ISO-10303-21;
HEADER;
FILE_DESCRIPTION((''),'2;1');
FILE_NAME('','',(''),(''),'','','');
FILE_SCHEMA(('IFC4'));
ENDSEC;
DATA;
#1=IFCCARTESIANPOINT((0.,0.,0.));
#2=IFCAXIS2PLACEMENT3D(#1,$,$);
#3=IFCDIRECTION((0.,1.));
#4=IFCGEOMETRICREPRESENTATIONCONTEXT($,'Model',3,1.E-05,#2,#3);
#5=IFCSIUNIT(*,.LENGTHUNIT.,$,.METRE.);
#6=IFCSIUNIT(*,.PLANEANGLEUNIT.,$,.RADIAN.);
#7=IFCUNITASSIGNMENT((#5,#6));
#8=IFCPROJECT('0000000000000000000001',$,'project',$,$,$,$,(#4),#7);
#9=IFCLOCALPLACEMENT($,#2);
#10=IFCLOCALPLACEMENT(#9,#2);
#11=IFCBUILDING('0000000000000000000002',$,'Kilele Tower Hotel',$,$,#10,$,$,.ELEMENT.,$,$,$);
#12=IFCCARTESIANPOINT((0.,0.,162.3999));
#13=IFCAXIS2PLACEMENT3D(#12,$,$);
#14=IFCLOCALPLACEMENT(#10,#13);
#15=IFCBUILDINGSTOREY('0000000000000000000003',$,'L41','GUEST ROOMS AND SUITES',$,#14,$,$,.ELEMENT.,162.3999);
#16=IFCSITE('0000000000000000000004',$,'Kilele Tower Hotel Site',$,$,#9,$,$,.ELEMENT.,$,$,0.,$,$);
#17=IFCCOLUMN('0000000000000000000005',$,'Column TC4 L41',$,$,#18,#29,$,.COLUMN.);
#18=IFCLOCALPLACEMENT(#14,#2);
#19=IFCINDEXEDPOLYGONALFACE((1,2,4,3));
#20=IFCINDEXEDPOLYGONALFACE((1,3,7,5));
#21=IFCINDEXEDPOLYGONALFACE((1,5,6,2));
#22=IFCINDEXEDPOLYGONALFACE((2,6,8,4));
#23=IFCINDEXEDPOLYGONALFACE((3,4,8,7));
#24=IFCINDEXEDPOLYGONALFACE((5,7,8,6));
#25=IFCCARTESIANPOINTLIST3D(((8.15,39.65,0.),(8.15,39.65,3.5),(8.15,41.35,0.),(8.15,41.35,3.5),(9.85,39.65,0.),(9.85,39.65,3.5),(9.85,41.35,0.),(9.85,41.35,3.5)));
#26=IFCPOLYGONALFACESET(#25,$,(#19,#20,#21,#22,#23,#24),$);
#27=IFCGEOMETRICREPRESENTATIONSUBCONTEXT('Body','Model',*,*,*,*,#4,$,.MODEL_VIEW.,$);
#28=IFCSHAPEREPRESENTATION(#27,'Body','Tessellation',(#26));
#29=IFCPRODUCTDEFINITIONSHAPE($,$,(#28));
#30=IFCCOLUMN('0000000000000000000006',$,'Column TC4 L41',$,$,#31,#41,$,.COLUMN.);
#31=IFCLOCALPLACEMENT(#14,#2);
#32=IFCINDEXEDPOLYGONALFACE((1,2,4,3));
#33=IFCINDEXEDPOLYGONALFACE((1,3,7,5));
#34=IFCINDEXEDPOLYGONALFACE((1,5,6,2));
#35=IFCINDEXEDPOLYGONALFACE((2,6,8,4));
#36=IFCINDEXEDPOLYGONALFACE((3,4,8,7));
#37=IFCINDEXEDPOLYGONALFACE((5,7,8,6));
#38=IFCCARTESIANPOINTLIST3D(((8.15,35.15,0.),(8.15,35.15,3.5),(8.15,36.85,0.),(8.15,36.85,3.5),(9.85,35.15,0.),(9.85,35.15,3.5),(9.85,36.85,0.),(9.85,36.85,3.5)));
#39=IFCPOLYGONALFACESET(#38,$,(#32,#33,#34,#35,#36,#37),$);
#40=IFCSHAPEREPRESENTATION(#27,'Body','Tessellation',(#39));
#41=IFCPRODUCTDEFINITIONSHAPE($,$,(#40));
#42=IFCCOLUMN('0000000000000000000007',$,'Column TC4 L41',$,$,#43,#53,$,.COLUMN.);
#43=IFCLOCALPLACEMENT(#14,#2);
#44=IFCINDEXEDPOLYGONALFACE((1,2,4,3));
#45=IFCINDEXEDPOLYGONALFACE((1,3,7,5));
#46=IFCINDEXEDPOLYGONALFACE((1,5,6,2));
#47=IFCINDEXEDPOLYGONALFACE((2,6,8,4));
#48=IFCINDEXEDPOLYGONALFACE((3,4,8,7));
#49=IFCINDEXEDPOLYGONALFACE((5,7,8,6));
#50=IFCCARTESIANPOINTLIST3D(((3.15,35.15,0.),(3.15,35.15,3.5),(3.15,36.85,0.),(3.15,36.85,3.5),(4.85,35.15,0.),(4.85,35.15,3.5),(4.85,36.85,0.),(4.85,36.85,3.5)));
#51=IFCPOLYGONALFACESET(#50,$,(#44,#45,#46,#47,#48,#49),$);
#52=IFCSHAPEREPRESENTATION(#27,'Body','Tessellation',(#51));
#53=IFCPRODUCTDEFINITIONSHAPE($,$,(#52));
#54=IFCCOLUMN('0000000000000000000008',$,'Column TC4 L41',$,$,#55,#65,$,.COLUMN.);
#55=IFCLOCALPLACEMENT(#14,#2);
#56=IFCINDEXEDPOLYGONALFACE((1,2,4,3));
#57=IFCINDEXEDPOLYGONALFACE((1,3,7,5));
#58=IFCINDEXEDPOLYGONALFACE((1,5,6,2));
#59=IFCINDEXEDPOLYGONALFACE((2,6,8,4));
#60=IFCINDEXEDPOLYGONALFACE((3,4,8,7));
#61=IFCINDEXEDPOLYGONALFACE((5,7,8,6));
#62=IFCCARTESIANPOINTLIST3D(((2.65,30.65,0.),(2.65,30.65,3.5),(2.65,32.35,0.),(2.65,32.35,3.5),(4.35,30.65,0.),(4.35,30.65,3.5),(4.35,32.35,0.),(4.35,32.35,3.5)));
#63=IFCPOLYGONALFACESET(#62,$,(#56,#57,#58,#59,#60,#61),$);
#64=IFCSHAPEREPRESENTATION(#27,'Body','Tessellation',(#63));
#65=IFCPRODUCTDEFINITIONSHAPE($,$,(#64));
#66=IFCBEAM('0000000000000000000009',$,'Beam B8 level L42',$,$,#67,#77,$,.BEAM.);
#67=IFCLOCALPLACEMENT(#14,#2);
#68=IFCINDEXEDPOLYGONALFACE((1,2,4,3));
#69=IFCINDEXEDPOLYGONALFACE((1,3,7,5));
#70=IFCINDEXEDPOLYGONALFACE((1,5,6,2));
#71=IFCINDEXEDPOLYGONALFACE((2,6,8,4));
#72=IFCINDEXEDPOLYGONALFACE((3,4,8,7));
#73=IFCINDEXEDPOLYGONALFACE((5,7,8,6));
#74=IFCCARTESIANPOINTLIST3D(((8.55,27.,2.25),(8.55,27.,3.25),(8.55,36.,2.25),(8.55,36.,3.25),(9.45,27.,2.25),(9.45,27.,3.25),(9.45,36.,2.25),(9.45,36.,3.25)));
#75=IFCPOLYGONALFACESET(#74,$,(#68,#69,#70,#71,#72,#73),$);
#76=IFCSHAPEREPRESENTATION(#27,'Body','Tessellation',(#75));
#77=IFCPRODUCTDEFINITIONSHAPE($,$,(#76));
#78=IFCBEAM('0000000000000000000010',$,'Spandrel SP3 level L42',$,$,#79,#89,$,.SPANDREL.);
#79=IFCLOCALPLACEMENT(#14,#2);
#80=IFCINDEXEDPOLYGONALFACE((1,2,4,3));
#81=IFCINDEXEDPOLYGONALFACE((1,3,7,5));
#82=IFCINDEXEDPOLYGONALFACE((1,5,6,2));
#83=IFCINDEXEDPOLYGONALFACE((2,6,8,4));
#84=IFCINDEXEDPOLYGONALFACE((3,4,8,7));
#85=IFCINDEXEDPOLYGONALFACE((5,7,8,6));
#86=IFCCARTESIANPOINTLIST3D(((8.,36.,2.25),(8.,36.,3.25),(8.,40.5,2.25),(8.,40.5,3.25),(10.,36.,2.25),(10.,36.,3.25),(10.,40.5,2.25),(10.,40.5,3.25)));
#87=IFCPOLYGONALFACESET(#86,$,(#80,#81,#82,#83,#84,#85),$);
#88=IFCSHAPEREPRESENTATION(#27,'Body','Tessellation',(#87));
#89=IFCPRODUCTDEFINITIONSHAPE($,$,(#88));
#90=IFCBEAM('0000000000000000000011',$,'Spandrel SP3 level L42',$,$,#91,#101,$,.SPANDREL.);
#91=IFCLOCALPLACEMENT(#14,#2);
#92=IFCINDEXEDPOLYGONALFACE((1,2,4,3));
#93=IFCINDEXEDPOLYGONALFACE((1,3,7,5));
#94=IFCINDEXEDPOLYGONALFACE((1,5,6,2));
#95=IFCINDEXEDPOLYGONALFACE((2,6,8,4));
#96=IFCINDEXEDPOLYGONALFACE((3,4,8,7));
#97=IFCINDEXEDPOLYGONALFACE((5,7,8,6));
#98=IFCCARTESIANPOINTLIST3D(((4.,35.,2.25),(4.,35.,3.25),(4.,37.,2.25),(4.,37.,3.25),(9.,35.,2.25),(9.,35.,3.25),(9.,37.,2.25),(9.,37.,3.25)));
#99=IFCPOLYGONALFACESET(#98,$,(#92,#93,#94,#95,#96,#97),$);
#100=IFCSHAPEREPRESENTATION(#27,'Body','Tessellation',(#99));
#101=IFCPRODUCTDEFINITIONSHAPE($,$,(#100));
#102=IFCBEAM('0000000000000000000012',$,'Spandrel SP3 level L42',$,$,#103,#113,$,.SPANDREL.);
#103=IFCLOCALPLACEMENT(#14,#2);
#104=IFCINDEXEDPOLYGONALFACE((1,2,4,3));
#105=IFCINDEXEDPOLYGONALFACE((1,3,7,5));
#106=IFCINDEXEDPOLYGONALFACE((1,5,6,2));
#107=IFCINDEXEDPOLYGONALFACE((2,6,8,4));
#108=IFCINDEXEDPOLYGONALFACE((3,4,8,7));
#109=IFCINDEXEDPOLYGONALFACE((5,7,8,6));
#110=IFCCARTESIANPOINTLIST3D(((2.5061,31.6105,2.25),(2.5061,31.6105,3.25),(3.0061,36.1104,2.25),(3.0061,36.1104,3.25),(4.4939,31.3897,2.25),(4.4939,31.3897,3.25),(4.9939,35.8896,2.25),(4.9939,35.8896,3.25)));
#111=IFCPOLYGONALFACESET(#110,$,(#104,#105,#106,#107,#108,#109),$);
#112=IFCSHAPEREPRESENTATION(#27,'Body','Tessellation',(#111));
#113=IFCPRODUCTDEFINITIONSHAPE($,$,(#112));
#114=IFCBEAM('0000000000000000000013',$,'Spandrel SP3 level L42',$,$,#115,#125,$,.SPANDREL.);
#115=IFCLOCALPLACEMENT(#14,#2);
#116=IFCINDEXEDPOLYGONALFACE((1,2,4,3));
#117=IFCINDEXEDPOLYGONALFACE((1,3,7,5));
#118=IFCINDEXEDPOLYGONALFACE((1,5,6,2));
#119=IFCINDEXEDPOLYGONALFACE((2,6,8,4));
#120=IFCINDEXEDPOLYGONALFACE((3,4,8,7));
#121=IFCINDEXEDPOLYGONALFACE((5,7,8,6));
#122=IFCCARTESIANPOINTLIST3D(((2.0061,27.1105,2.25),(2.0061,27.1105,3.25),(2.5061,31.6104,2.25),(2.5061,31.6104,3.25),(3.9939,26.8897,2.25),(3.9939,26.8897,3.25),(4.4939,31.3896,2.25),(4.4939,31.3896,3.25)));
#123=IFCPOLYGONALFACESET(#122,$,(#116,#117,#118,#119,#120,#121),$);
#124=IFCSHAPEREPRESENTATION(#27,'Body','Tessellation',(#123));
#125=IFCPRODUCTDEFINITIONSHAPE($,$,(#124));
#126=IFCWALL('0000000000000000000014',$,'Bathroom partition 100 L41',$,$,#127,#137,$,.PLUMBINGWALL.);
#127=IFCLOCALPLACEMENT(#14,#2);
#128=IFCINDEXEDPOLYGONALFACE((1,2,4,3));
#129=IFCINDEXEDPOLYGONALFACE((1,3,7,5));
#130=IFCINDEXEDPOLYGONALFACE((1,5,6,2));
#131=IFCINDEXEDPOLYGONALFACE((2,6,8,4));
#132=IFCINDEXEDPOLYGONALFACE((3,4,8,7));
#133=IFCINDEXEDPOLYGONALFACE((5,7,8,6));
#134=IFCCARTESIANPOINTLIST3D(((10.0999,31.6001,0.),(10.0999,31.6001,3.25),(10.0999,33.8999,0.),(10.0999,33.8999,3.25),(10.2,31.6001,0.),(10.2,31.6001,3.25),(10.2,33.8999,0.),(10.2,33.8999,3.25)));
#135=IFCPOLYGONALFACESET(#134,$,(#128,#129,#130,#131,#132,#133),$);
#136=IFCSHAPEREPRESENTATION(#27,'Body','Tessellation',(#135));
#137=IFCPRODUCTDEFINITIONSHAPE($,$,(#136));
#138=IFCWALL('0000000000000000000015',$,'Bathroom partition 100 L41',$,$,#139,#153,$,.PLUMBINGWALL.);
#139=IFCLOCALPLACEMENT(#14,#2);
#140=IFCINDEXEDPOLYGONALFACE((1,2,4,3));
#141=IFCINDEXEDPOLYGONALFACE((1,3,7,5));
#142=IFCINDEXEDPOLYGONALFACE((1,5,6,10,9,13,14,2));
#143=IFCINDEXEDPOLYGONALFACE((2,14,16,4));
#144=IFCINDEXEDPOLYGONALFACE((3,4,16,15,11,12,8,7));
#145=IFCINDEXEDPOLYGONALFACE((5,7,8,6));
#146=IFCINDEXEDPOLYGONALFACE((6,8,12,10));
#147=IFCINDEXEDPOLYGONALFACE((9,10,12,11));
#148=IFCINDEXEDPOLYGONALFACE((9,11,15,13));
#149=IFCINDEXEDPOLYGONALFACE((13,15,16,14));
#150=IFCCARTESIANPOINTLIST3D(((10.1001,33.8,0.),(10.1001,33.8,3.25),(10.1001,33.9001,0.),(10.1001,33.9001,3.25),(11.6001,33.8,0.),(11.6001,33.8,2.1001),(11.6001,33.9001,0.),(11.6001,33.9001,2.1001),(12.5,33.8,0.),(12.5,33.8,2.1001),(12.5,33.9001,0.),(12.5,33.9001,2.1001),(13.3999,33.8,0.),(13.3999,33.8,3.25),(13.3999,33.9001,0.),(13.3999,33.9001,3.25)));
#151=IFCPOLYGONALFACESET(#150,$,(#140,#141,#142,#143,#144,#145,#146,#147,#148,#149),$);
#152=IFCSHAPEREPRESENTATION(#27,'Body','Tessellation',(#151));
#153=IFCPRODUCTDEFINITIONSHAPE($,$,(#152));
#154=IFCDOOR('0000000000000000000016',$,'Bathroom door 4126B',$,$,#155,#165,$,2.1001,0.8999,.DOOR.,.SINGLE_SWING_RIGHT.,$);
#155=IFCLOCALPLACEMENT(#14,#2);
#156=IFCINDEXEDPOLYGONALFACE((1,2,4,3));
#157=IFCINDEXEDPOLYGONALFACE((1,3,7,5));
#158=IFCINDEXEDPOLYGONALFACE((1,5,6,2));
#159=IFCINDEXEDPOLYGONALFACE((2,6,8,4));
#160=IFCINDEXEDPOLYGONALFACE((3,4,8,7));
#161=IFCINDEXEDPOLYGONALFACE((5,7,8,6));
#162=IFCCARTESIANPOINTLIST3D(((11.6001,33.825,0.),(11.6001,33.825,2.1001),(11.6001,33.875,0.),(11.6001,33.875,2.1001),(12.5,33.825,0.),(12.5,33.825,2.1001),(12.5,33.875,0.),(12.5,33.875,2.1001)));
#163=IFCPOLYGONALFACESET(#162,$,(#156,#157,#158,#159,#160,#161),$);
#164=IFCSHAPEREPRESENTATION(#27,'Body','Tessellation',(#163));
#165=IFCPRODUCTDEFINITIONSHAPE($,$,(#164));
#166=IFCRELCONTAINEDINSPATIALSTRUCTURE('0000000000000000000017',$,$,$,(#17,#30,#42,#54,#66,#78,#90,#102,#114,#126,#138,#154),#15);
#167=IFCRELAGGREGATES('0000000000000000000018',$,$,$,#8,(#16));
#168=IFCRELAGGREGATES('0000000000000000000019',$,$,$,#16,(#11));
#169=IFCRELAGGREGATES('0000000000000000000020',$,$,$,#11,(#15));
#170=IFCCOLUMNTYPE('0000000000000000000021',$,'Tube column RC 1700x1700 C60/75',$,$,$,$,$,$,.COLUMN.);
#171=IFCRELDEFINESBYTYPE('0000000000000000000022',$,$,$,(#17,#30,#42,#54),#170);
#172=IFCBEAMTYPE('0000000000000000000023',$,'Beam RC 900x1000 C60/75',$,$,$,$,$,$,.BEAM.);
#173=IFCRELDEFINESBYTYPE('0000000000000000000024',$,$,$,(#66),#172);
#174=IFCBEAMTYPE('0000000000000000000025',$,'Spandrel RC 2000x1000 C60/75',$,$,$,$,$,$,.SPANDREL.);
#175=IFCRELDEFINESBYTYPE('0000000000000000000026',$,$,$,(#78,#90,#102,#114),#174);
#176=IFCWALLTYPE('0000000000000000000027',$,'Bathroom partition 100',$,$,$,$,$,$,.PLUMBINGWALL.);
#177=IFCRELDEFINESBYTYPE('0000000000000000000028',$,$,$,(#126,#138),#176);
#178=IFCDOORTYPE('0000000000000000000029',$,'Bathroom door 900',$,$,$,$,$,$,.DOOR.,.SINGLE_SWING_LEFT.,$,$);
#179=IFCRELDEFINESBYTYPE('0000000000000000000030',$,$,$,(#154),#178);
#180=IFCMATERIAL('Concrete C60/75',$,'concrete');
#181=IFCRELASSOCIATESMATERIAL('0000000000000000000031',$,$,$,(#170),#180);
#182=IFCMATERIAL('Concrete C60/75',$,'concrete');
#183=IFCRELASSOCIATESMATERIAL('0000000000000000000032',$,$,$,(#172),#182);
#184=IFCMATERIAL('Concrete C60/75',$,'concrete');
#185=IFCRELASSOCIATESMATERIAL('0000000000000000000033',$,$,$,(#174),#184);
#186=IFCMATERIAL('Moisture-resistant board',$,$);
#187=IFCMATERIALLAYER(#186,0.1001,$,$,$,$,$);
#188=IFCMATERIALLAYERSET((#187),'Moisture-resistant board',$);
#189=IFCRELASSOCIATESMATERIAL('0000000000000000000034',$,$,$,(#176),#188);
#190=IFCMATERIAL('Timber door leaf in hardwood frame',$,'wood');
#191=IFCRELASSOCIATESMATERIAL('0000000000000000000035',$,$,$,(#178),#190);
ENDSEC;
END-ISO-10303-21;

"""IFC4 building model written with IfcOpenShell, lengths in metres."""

from ifc_helpers import new_model, si_unit, direction, frame, frame_2d, origin, origin_2d, place, context, subcontext, project, spatial, rectangle, extrude, material, layer, layer_set, material_profile, profile_set, type_object, element, fill, save


model = new_model("IFC4")

# Units and contexts
model_context = context("Model", 3, precision=1e-05, world=origin(), true_north=direction((0.0, 1.0)))
body_context = subcontext(model_context, "Body", "Model", "MODEL_VIEW")
ifc_project = project(units=[si_unit("LENGTHUNIT", "METRE"), si_unit("PLANEANGLEUNIT", "RADIAN")], contexts=[model_context])

# Site, building, storey
site_placement = place(None, origin())
site = spatial("IfcSite", under=ifc_project, at=site_placement, Name="Kilele Tower Hotel Site", CompositionType="ELEMENT", RefElevation=0.0)
building_placement = place(site_placement, origin())
building = spatial("IfcBuilding", under=site, at=building_placement, Name="Kilele Tower Hotel", CompositionType="ELEMENT")
storey_placement = place(building_placement, frame((0.0, 0.0, 162.3999)))
storey = spatial("IfcBuildingStorey", under=building, at=storey_placement, Name="L41", Description="GUEST ROOMS AND SUITES", CompositionType="ELEMENT", Elevation=162.3999)

# Columns
ifc_material_1 = material(Name="Concrete C60/75", Category="concrete")
ifc_material_profile_1 = material_profile(ifc_material_1, rectangle(XDim=1.7, YDim=1.7, at=origin_2d()))
ifc_profile_set_1 = profile_set([ifc_material_profile_1], Name="Concrete C60/75")
column_type = type_object("IfcColumnType", Name="Tube column RC 1700x1700 C60/75", PredefinedType="COLUMN", material=ifc_profile_set_1)
for number, where, z_axis, x_axis, name in (
    (1, (9.0, 40.5, 0.0), (0.0, 0.0, 1.0), (1.0, 0.0, 0.0), "Column TC4 L41"),
    (2, (9.0, 36.0, 0.0), (0.0, 0.0, 1.0), (1.0, 0.0, 0.0), "Column TC4 L41"),
    (3, (4.0, 36.0, 0.0), (0.0, 0.0, 1.0), (1.0, 0.0, 0.0), "Column TC4 L41"),
    (4, (3.5, 31.5, 0.0), (0.0, 0.0, 1.0), (1.0, 0.0, 0.0), "Column TC4 L41"),
):
    element("IfcColumn", number, at=place(storey_placement, frame(where, z_axis=z_axis, x_axis=x_axis)), inside=storey, type_object=column_type, Name=name, PredefinedType="COLUMN", context=body_context, shape_type="SweptSolid", body=[
        extrude(rectangle(XDim=1.7, YDim=1.7, at=origin_2d()), origin(), (0.0, 0.0, 1.0), 3.5),
    ])

# Beams
ifc_material_2 = material(Name="Concrete C60/75", Category="concrete")
ifc_material_profile_2 = material_profile(ifc_material_2, rectangle(XDim=0.8999, YDim=1.0, at=origin_2d()))
ifc_profile_set_2 = profile_set([ifc_material_profile_2], Name="Concrete C60/75")
beam_type_1 = type_object("IfcBeamType", Name="Beam RC 900x1000 C60/75", PredefinedType="BEAM", material=ifc_profile_set_2)
beam_1_placement = place(storey_placement, frame((9.0, 36.0, 2.75), z_axis=(0.0, -1.0, 0.0), x_axis=(1.0, 0.0, 0.0)))
element("IfcBeam", 5, at=beam_1_placement, inside=storey, type_object=beam_type_1, Name="Beam B8 level L42", PredefinedType="BEAM", context=body_context, shape_type="SweptSolid", body=[
    extrude(rectangle(XDim=0.8999, YDim=1.0, at=origin_2d()), origin(), (0.0, 0.0, 1.0), 9.0),
])
ifc_material_3 = material(Name="Concrete C60/75", Category="concrete")
ifc_material_profile_3 = material_profile(ifc_material_3, rectangle(XDim=2.0, YDim=1.0, at=origin_2d()))
ifc_profile_set_3 = profile_set([ifc_material_profile_3], Name="Concrete C60/75")
beam_type_2 = type_object("IfcBeamType", Name="Spandrel RC 2000x1000 C60/75", PredefinedType="SPANDREL", material=ifc_profile_set_3)
beam_2_placement = place(storey_placement, frame((9.0, 40.5, 2.75), z_axis=(0.0, -1.0, 0.0), x_axis=(1.0, 0.0, 0.0)))
element("IfcBeam", 6, at=beam_2_placement, inside=storey, type_object=beam_type_2, Name="Spandrel SP3 level L42", PredefinedType="SPANDREL", context=body_context, shape_type="SweptSolid", body=[
    extrude(rectangle(XDim=2.0, YDim=1.0, at=origin_2d()), origin(), (0.0, 0.0, 1.0), 4.5),
])
beam_3_placement = place(storey_placement, frame((9.0, 36.0, 2.75), z_axis=(-1.0, 0.0, 0.0), x_axis=(0.0, -1.0, 0.0)))
element("IfcBeam", 7, at=beam_3_placement, inside=storey, type_object=beam_type_2, Name="Spandrel SP3 level L42", PredefinedType="SPANDREL", context=body_context, shape_type="SweptSolid", body=[
    extrude(rectangle(XDim=2.0, YDim=1.0, at=origin_2d()), origin(), (0.0, 0.0, 1.0), 5.0),
])
for number, where, z_axis, x_axis, name in (
    (8, (4.0, 36.0, 2.75), (-0.110432, -0.993884, 0.0), (0.993884, -0.110432, 0.0), "Spandrel SP3 level L42"),
    (9, (3.5, 31.5, 2.75), (-0.110432, -0.993884, 0.0), (0.993884, -0.110432, 0.0), "Spandrel SP3 level L42"),
):
    element("IfcBeam", number, at=place(storey_placement, frame(where, z_axis=z_axis, x_axis=x_axis)), inside=storey, type_object=beam_type_2, Name=name, PredefinedType="SPANDREL", context=body_context, shape_type="SweptSolid", body=[
        extrude(rectangle(XDim=2.0, YDim=1.0, at=origin_2d()), origin(), (0.0, 0.0, 1.0), 4.5276),
    ])

# Wall
ifc_material_4 = material(Name="Moisture-resistant board")
ifc_layer_1 = layer(ifc_material_4, 0.1001)
ifc_layer_set_1 = layer_set([ifc_layer_1], Name="Moisture-resistant board")
wall_type_1 = type_object("IfcWallType", Name="Bathroom partition 100", PredefinedType="PLUMBINGWALL", material=ifc_layer_set_1)
wall_1_placement = place(storey_placement, frame((10.1499, 31.6001, 0.0), z_axis=(0.0, 0.0, 1.0), x_axis=(0.0, 1.0, 0.0)))
element("IfcWall", 10, at=wall_1_placement, inside=storey, type_object=wall_type_1, Name="Bathroom partition 100 L41", PredefinedType="PLUMBINGWALL", context=body_context, shape_type="SweptSolid", body=[
    extrude(rectangle(XDim=2.2998, YDim=0.1001, at=frame_2d((1.1499, 0.0))), origin(), (0.0, 0.0, 1.0), 3.25),
])

# Wall, opening, door
wall_2_placement = place(storey_placement, frame((13.3999, 33.8501, 0.0), z_axis=(0.0, 0.0, 1.0), x_axis=(-1.0, 0.0, 0.0)))
wall_2 = element("IfcWall", 11, at=wall_2_placement, inside=storey, type_object=wall_type_1, Name="Bathroom partition 100 L41", PredefinedType="PLUMBINGWALL", context=body_context, shape_type="SweptSolid", body=[
    extrude(rectangle(XDim=3.2998, YDim=0.1001, at=frame_2d((1.6499, 0.0))), origin(), (0.0, 0.0, 1.0), 3.25),
])
opening_1_placement = place(wall_2_placement, frame((1.7998, 0.0, 0.0), z_axis=(0.0, 0.0, 1.0), x_axis=(-1.0, 0.0, 0.0)))
opening_1 = element("IfcOpeningElement", 12, at=opening_1_placement, cuts=wall_2, PredefinedType="OPENING", context=body_context, shape_type="SweptSolid", body=[
    extrude(rectangle(XDim=0.8999, YDim=2.1001, at=frame_2d((0.45, 1.05))), frame((0.0, 0.0601, 0.0), z_axis=(0.0, -1.0, 0.0), x_axis=(1.0, 0.0, 0.0)), (0.0, 0.0, 1.0), 0.1201),
])
ifc_material_5 = material(Name="Timber door leaf in hardwood frame", Category="wood")
door_type_1 = type_object("IfcDoorType", Name="Bathroom door 900", OperationType="SINGLE_SWING_LEFT", PredefinedType="DOOR", material=ifc_material_5)
door_1_placement = place(opening_1_placement, origin())
door_1 = element("IfcDoor", 13, at=door_1_placement, inside=storey, type_object=door_type_1, Name="Bathroom door 4126B", OperationType="SINGLE_SWING_RIGHT", OverallHeight=2.1001, OverallWidth=0.8999, PredefinedType="DOOR", context=body_context, shape_type="SweptSolid", body=[
    extrude(rectangle(XDim=0.8999, YDim=2.1001, at=frame_2d((0.45, 1.05))), frame((0.0, 0.0249, 0.0), z_axis=(0.0, -1.0, 0.0), x_axis=(1.0, 0.0, 0.0)), (0.0, 0.0, 1.0), 0.05),
])
fill(opening_1, door_1)

save(model, "model.ifc")
